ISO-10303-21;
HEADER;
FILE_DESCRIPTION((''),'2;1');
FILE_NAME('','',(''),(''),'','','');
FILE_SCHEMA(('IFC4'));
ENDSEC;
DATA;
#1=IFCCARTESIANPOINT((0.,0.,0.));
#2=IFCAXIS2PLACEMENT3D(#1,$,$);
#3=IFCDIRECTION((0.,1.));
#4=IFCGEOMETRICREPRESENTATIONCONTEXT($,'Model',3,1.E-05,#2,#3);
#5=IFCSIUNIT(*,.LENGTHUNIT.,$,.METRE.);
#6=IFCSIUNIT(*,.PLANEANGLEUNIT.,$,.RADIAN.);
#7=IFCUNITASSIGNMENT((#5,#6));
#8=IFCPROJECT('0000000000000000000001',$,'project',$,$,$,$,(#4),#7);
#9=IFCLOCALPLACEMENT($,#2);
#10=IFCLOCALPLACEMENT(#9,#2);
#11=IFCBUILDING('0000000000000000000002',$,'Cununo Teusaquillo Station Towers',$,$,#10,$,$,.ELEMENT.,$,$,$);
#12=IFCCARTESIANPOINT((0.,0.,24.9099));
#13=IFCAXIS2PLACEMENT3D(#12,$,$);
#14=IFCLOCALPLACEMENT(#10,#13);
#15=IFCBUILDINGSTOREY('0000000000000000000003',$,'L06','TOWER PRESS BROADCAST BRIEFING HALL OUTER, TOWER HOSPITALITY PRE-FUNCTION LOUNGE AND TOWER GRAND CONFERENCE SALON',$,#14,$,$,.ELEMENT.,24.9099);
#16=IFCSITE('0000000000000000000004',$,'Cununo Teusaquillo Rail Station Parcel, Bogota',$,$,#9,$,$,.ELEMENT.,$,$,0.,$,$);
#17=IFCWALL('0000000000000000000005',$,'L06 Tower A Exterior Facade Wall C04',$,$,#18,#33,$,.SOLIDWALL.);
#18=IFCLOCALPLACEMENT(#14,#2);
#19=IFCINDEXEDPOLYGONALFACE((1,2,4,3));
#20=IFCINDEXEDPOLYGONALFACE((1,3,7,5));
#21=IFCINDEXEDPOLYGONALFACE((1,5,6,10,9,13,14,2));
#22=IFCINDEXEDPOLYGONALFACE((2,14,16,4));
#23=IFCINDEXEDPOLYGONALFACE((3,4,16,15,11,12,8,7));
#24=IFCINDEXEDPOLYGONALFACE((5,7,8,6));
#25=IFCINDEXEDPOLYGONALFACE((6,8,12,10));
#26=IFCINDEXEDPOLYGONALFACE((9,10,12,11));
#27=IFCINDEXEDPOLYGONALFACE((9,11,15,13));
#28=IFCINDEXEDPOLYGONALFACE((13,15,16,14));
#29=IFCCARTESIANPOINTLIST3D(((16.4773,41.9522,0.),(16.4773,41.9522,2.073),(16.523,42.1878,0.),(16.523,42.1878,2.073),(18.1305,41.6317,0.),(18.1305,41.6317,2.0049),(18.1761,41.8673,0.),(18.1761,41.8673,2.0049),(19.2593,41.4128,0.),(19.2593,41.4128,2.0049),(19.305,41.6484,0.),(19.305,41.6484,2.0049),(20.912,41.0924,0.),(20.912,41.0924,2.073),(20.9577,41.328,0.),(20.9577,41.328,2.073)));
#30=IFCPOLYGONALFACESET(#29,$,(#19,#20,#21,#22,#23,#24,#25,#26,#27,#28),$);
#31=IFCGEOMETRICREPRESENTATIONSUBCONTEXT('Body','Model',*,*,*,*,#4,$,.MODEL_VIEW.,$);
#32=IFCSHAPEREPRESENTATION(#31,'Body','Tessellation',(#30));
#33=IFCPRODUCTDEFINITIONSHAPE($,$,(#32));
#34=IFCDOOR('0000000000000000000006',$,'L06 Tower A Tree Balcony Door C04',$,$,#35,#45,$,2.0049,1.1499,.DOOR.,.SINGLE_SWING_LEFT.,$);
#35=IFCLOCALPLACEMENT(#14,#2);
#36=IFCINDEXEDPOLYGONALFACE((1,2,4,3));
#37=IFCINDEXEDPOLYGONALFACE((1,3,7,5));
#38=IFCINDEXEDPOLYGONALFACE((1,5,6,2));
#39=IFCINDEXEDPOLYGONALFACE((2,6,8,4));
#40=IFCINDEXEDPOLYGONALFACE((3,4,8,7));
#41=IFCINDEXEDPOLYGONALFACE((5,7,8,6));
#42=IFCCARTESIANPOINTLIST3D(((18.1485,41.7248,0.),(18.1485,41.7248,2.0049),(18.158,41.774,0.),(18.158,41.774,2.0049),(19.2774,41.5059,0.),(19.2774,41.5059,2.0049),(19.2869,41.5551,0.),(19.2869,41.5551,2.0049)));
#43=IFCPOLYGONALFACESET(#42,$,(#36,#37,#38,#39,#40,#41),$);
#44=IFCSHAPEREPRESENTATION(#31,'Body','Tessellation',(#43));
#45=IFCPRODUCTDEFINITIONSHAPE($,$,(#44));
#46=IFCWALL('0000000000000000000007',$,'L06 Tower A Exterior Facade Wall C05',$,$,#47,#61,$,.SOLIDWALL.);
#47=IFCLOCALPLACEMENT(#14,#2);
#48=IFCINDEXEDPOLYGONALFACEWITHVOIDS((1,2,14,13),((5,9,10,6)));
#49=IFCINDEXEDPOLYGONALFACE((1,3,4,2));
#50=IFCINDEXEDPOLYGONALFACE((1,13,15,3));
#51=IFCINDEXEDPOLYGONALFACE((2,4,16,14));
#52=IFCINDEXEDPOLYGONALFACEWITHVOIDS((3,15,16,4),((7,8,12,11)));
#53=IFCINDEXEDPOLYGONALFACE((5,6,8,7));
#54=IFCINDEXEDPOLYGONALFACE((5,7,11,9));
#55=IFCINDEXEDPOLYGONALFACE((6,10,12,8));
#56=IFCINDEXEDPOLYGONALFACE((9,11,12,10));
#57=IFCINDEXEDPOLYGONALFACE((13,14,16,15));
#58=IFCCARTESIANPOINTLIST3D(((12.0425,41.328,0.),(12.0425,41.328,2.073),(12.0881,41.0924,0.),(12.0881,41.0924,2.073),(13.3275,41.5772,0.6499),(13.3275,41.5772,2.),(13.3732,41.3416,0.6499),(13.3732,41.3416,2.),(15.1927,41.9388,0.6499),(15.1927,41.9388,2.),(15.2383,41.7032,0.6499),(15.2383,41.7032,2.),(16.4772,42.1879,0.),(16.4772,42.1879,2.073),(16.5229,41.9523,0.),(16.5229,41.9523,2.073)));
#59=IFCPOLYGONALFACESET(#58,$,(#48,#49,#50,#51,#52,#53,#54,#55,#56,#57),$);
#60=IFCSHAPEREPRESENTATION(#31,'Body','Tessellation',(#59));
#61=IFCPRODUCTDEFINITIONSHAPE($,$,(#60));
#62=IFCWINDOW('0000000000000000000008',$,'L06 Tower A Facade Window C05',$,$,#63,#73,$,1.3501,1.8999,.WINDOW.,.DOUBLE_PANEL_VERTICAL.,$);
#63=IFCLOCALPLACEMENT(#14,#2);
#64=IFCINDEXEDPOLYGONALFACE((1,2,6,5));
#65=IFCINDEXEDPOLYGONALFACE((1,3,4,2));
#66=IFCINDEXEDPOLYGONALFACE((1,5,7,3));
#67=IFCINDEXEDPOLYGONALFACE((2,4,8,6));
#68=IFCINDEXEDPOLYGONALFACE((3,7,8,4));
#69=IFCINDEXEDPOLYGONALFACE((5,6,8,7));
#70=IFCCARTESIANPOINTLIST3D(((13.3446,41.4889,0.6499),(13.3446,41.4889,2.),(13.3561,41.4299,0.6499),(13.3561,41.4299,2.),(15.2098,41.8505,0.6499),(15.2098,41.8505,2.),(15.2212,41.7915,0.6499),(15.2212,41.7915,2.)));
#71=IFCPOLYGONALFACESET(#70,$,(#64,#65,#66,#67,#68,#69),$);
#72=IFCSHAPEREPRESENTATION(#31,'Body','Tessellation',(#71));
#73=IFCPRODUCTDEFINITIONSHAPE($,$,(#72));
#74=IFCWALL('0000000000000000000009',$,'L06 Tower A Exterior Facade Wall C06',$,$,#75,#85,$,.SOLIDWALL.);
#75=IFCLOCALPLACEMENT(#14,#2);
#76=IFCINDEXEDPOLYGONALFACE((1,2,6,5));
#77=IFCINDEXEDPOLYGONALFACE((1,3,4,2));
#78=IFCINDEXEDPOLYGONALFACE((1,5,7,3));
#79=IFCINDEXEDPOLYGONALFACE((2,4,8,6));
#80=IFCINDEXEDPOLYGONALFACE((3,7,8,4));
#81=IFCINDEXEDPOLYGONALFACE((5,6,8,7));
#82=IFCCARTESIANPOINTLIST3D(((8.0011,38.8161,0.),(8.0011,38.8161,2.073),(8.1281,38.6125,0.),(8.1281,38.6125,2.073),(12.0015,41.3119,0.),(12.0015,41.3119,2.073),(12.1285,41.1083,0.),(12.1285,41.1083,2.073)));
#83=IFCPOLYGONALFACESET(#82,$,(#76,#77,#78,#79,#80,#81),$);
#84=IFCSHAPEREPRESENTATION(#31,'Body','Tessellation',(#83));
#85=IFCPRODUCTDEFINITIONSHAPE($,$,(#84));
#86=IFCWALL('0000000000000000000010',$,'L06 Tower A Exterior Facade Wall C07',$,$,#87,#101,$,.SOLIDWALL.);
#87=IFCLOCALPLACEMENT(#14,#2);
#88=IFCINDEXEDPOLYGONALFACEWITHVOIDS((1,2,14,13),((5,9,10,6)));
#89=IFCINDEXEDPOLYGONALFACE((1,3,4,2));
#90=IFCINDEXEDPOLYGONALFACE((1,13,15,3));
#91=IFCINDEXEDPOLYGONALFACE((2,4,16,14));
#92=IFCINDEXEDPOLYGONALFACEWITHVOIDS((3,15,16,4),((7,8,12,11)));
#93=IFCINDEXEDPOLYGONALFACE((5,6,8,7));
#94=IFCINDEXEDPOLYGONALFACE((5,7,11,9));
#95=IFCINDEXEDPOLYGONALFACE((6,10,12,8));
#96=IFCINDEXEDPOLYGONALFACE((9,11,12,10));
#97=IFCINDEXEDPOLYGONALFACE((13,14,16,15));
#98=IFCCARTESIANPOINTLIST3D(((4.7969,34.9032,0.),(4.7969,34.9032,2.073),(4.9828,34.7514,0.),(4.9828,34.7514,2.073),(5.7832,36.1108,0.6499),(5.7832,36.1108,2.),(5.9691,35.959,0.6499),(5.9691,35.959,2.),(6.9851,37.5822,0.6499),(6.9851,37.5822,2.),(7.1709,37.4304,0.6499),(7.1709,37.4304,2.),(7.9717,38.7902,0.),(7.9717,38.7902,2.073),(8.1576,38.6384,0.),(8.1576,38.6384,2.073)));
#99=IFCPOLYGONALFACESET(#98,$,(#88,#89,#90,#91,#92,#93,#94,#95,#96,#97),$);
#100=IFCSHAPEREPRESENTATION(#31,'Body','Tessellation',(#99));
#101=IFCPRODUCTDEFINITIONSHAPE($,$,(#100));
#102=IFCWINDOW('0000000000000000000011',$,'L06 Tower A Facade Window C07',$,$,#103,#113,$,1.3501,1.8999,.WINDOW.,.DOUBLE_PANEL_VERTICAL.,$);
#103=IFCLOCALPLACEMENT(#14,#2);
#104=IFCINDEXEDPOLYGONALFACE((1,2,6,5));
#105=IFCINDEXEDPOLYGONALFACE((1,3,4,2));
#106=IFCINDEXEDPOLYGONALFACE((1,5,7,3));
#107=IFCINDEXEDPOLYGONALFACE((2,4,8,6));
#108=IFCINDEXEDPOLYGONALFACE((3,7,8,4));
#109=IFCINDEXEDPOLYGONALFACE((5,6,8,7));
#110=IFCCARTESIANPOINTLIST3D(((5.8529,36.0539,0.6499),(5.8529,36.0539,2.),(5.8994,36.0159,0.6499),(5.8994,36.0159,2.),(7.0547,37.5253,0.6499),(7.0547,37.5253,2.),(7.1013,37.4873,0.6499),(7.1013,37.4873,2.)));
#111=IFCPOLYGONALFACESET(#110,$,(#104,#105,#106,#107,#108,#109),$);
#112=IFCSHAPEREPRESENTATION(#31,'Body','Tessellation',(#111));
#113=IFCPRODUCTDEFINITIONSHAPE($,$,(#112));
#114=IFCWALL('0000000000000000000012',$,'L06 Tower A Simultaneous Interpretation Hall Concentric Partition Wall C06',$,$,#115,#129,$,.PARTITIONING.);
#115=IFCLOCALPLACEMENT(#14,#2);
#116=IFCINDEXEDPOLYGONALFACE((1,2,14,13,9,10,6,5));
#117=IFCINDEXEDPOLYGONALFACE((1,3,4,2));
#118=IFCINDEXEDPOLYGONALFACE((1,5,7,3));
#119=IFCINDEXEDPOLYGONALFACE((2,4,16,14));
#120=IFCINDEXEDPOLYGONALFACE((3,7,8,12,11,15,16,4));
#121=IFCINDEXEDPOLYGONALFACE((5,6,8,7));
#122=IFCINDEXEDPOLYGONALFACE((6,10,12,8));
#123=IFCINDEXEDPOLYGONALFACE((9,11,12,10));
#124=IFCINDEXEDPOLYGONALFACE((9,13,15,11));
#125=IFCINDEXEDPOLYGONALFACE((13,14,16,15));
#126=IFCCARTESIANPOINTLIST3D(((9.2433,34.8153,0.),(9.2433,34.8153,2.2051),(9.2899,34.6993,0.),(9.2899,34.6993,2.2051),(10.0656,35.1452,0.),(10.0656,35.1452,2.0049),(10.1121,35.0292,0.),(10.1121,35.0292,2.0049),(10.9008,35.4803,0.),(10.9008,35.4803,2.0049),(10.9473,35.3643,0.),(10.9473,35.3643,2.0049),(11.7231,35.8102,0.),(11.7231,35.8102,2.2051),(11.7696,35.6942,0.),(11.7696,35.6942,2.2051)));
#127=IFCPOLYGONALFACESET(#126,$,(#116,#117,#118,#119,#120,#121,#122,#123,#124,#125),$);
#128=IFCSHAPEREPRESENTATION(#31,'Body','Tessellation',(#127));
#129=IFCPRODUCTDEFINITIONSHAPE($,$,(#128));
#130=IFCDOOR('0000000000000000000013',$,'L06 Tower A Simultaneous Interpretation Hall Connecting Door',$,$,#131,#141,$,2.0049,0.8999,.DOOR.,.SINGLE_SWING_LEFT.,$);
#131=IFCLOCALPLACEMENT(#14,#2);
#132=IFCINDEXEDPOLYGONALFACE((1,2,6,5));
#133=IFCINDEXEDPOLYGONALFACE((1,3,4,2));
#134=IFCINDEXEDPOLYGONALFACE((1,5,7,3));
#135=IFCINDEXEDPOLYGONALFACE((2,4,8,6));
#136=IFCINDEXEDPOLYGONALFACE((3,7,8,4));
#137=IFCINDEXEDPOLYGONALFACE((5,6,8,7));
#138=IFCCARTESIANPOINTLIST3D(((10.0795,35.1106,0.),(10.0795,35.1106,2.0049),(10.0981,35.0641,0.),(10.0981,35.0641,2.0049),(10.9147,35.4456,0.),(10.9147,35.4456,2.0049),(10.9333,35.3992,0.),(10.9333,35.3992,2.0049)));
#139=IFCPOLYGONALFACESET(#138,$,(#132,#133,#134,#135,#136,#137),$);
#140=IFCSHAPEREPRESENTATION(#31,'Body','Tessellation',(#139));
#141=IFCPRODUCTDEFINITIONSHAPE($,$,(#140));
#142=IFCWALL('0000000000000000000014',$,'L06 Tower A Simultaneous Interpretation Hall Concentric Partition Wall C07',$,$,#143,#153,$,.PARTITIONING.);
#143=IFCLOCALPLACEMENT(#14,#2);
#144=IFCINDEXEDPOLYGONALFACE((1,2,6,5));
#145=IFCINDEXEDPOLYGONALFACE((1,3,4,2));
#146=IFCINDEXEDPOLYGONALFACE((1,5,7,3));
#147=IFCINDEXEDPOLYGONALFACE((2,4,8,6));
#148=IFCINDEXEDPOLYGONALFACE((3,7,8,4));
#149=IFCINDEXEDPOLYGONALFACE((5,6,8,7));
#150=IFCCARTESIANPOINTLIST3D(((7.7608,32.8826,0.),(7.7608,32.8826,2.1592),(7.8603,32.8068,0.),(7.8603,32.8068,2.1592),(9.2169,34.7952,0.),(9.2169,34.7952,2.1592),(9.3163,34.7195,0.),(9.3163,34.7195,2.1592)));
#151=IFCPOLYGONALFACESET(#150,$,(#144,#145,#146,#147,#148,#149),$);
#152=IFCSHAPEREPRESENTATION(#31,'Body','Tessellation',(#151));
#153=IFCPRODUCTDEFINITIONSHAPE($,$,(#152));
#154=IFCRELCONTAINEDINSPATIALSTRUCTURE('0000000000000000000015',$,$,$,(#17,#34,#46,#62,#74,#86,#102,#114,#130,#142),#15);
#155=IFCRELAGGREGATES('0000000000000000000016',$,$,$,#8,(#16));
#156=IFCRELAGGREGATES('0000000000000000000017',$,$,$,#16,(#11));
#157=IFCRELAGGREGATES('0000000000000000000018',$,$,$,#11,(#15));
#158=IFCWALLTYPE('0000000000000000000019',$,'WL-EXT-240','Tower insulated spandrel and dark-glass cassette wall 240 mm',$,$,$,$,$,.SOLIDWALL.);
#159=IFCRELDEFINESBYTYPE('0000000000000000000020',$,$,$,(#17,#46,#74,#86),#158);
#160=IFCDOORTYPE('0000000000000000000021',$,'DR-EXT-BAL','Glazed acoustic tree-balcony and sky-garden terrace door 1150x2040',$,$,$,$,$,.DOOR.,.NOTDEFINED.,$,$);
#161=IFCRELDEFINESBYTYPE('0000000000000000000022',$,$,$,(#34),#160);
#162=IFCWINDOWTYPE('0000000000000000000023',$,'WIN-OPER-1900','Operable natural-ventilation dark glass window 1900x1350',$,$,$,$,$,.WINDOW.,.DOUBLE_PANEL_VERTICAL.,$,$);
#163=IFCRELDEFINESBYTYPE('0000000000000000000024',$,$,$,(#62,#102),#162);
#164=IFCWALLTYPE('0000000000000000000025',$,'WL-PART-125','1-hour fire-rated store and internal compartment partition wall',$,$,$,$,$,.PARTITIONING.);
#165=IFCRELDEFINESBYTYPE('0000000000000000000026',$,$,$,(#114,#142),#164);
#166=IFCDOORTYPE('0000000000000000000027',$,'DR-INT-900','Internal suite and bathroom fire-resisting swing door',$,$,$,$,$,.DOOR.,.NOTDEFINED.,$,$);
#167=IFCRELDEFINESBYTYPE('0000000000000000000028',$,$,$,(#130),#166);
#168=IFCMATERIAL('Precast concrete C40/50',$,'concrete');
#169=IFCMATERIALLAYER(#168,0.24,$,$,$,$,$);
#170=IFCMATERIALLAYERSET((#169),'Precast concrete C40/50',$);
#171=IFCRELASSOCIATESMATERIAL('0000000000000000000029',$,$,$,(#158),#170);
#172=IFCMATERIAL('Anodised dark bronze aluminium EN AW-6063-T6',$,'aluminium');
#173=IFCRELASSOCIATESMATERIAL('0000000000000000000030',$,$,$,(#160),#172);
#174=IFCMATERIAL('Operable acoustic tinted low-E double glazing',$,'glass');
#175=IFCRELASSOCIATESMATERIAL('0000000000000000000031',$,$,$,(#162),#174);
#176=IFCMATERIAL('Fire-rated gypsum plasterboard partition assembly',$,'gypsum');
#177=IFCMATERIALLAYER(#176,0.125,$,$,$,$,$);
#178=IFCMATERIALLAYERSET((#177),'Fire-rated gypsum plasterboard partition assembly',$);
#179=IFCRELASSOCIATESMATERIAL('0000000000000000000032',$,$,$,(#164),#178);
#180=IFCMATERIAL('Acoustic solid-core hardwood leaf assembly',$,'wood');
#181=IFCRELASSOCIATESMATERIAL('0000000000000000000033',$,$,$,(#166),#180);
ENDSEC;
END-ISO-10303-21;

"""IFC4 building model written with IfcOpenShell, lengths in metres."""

from ifc_helpers import new_model, si_unit, direction, frame, frame_2d, origin, place, context, subcontext, project, spatial, rectangle, extrude, source, transform, mapped, material, layer, layer_set, type_object, element, fill, save


model = new_model("IFC4")

# Units and contexts
model_context = context("Model", 3, precision=1e-05, world=origin(), true_north=direction((0.0, 1.0)))
body_context = subcontext(model_context, "Body", "Model", "MODEL_VIEW")
ifc_project = project(units=[si_unit("LENGTHUNIT", "METRE"), si_unit("PLANEANGLEUNIT", "RADIAN")], contexts=[model_context])

# Site, building, storey
site_placement = place(None, origin())
site = spatial("IfcSite", under=ifc_project, at=site_placement, Name="Cununo Teusaquillo Rail Station Parcel, Bogota", CompositionType="ELEMENT", RefElevation=0.0)
building_placement = place(site_placement, origin())
building = spatial("IfcBuilding", under=site, at=building_placement, Name="Cununo Teusaquillo Station Towers", CompositionType="ELEMENT")
storey_placement = place(building_placement, frame((0.0, 0.0, 24.9099)))
storey = spatial("IfcBuildingStorey", under=building, at=storey_placement, Name="L06", Description="TOWER PRESS BROADCAST BRIEFING HALL OUTER, TOWER HOSPITALITY PRE-FUNCTION LOUNGE AND TOWER GRAND CONFERENCE SALON", CompositionType="ELEMENT", Elevation=24.9099)

# Wall, opening, door
ifc_material_1 = material(Name="Precast concrete C40/50", Category="concrete")
ifc_layer_1 = layer(ifc_material_1, 0.24)
ifc_layer_set_1 = layer_set([ifc_layer_1], Name="Precast concrete C40/50")
wall_type_1 = type_object("IfcWallType", Name="WL-EXT-240", Description="Tower insulated spandrel and dark-glass cassette wall 240 mm", PredefinedType="SOLIDWALL", material=ifc_layer_set_1)
wall_1_placement = place(storey_placement, frame((16.5, 42.0701, 0.0), z_axis=(0.0, 0.0, 1.0), x_axis=(0.981717, -0.190345, 0.0)))
wall_1 = element("IfcWall", 1, at=wall_1_placement, inside=storey, type_object=wall_type_1, Name="L06 Tower A Exterior Facade Wall C04", PredefinedType="SOLIDWALL", context=body_context, shape_type="SweptSolid", body=[
    extrude(rectangle(XDim=4.5173, YDim=0.24, at=frame_2d((2.2588, 0.0))), origin(), (0.0, 0.0, 1.0), 2.073),
])
shared_shape_1 = source(origin(), body_context, "Body", "SweptSolid", [
    extrude(rectangle(XDim=1.1499, YDim=2.0049, at=frame_2d((0.575, 1.0024))), frame((0.0, 0.1299, 0.0), z_axis=(0.0, -1.0, 0.0), x_axis=(1.0, 0.0, 0.0)), (0.0, 0.0, 1.0), 0.26),
])
opening_1_placement = place(wall_1_placement, frame((1.6841, 0.0, 0.0)))
opening_1 = element("IfcOpeningElement", 2, at=opening_1_placement, cuts=wall_1, PredefinedType="OPENING", context=body_context, shape_type="MappedRepresentation", body=[
    mapped(shared_shape_1, transform((0.0, 0.0, 0.0), x_axis=(1.0, 0.0, 0.0), y_axis=(0.0, 1.0, 0.0), z_axis=(0.0, 0.0, 1.0), scale=1.0)),
])
ifc_material_2 = material(Name="Anodised dark bronze aluminium EN AW-6063-T6", Category="aluminium")
door_type_1 = type_object("IfcDoorType", Name="DR-EXT-BAL", Description="Glazed acoustic tree-balcony and sky-garden terrace door 1150x2040", OperationType="NOTDEFINED", PredefinedType="DOOR", material=ifc_material_2)
shared_shape_2 = source(origin(), body_context, "Body", "SweptSolid", [
    extrude(rectangle(XDim=1.1499, YDim=2.0049, at=frame_2d((0.575, 1.0024))), frame((0.0, 0.0249, 0.0), z_axis=(0.0, -1.0, 0.0), x_axis=(1.0, 0.0, 0.0)), (0.0, 0.0, 1.0), 0.05),
])
door_1_placement = place(opening_1_placement, origin())
door_1 = element("IfcDoor", 3, at=door_1_placement, inside=storey, type_object=door_type_1, Name="L06 Tower A Tree Balcony Door C04", OperationType="SINGLE_SWING_LEFT", OverallHeight=2.0049, OverallWidth=1.1499, PredefinedType="DOOR", context=body_context, shape_type="MappedRepresentation", body=[
    mapped(shared_shape_2, transform((0.0, 0.0, 0.0), x_axis=(1.0, 0.0, 0.0), y_axis=(0.0, 1.0, 0.0), z_axis=(0.0, 0.0, 1.0), scale=1.0)),
])
fill(opening_1, door_1)

# Wall, opening, window
wall_2_placement = place(storey_placement, frame((12.0652, 41.2102, 0.0), z_axis=(0.0, 0.0, 1.0), x_axis=(0.981717, 0.190345, 0.0)))
wall_2 = element("IfcWall", 4, at=wall_2_placement, inside=storey, type_object=wall_type_1, Name="L06 Tower A Exterior Facade Wall C05", PredefinedType="SOLIDWALL", context=body_context, shape_type="SweptSolid", body=[
    extrude(rectangle(XDim=4.5173, YDim=0.24, at=frame_2d((2.2588, 0.0))), origin(), (0.0, 0.0, 1.0), 2.073),
])
shared_shape_3 = source(origin(), body_context, "Body", "SweptSolid", [
    extrude(rectangle(XDim=1.8999, YDim=1.3501, at=frame_2d((0.95, 0.675))), frame((0.0, 0.1299, 0.0), z_axis=(0.0, -1.0, 0.0), x_axis=(1.0, 0.0, 0.0)), (0.0, 0.0, 1.0), 0.26),
])
opening_2_placement = place(wall_2_placement, frame((1.3091, 0.0, 0.6499)))
opening_2 = element("IfcOpeningElement", 5, at=opening_2_placement, cuts=wall_2, PredefinedType="OPENING", context=body_context, shape_type="MappedRepresentation", body=[
    mapped(shared_shape_3, transform((0.0, 0.0, 0.0), x_axis=(1.0, 0.0, 0.0), y_axis=(0.0, 1.0, 0.0), z_axis=(0.0, 0.0, 1.0), scale=1.0)),
])
ifc_material_3 = material(Name="Operable acoustic tinted low-E double glazing", Category="glass")
window_type = type_object("IfcWindowType", Name="WIN-OPER-1900", Description="Operable natural-ventilation dark glass window 1900x1350", PartitioningType="DOUBLE_PANEL_VERTICAL", PredefinedType="WINDOW", material=ifc_material_3)
shared_shape_4 = source(origin(), body_context, "Body", "SweptSolid", [
    extrude(rectangle(XDim=1.8999, YDim=1.3501, at=frame_2d((0.95, 0.675))), frame((0.0, 0.03, 0.0), z_axis=(0.0, -1.0, 0.0), x_axis=(1.0, 0.0, 0.0)), (0.0, 0.0, 1.0), 0.0601),
])
window_1_placement = place(opening_2_placement, origin())
window_1 = element("IfcWindow", 6, at=window_1_placement, inside=storey, type_object=window_type, Name="L06 Tower A Facade Window C05", OverallHeight=1.3501, OverallWidth=1.8999, PartitioningType="DOUBLE_PANEL_VERTICAL", PredefinedType="WINDOW", context=body_context, shape_type="MappedRepresentation", body=[
    mapped(shared_shape_4, transform((0.0, 0.0, 0.0), x_axis=(1.0, 0.0, 0.0), y_axis=(0.0, 1.0, 0.0), z_axis=(0.0, 0.0, 1.0), scale=1.0)),
])
fill(opening_2, window_1)

# Wall
wall_3_placement = place(storey_placement, frame((8.0647, 38.7144, 0.0), z_axis=(0.0, 0.0, 1.0), x_axis=(0.848423, 0.529319, 0.0)))
element("IfcWall", 7, at=wall_3_placement, inside=storey, type_object=wall_type_1, Name="L06 Tower A Exterior Facade Wall C06", PredefinedType="SOLIDWALL", context=body_context, shape_type="SweptSolid", body=[
    extrude(rectangle(XDim=4.7151, YDim=0.24, at=frame_2d((2.3574, 0.0))), origin(), (0.0, 0.0, 1.0), 2.073),
])

# Wall, opening, window
wall_4_placement = place(storey_placement, frame((4.8899, 34.8274, 0.0), z_axis=(0.0, 0.0, 1.0), x_axis=(0.632589, 0.774488, 0.0)))
wall_4 = element("IfcWall", 8, at=wall_4_placement, inside=storey, type_object=wall_type_1, Name="L06 Tower A Exterior Facade Wall C07", PredefinedType="SOLIDWALL", context=body_context, shape_type="SweptSolid", body=[
    extrude(rectangle(XDim=5.0188, YDim=0.24, at=frame_2d((2.5093, 0.0))), origin(), (0.0, 0.0, 1.0), 2.073),
])
opening_3_placement = place(wall_4_placement, frame((1.5591, 0.0, 0.6499)))
opening_3 = element("IfcOpeningElement", 9, at=opening_3_placement, cuts=wall_4, PredefinedType="OPENING", context=body_context, shape_type="MappedRepresentation", body=[
    mapped(shared_shape_3, transform((0.0, 0.0, 0.0), x_axis=(1.0, 0.0, 0.0), y_axis=(0.0, 1.0, 0.0), z_axis=(0.0, 0.0, 1.0), scale=1.0)),
])
window_2_placement = place(opening_3_placement, origin())
window_2 = element("IfcWindow", 10, at=window_2_placement, inside=storey, type_object=window_type, Name="L06 Tower A Facade Window C07", OverallHeight=1.3501, OverallWidth=1.8999, PartitioningType="DOUBLE_PANEL_VERTICAL", PredefinedType="WINDOW", context=body_context, shape_type="MappedRepresentation", body=[
    mapped(shared_shape_4, transform((0.0, 0.0, 0.0), x_axis=(1.0, 0.0, 0.0), y_axis=(0.0, 1.0, 0.0), z_axis=(0.0, 0.0, 1.0), scale=1.0)),
])
fill(opening_3, window_2)

# Wall, opening, door
ifc_material_4 = material(Name="Fire-rated gypsum plasterboard partition assembly", Category="gypsum")
ifc_layer_2 = layer(ifc_material_4, 0.125)
ifc_layer_set_2 = layer_set([ifc_layer_2], Name="Fire-rated gypsum plasterboard partition assembly")
wall_type_2 = type_object("IfcWallType", Name="WL-PART-125", Description="1-hour fire-rated store and internal compartment partition wall", PredefinedType="PARTITIONING", material=ifc_layer_set_2)
wall_5_placement = place(storey_placement, frame((11.7463, 35.7522, 0.0), z_axis=(0.0, 0.0, 1.0), x_axis=(-0.928092, -0.372351, 0.0)))
wall_5 = element("IfcWall", 11, at=wall_5_placement, inside=storey, type_object=wall_type_2, Name="L06 Tower A Simultaneous Interpretation Hall Concentric Partition Wall C06", PredefinedType="PARTITIONING", context=body_context, shape_type="SweptSolid", body=[
    extrude(rectangle(XDim=2.6719, YDim=0.125, at=frame_2d((1.3359, 0.0))), origin(), (0.0, 0.0, 1.0), 2.2051),
])
shared_shape_5 = source(origin(), body_context, "Body", "SweptSolid", [
    extrude(rectangle(XDim=0.8999, YDim=2.0049, at=frame_2d((0.45, 1.0024))), frame((0.0, 0.0725, 0.0), z_axis=(0.0, -1.0, 0.0), x_axis=(1.0, 0.0, 0.0)), (0.0, 0.0, 1.0), 0.145),
])
opening_4_placement = place(wall_5_placement, frame((0.886, 0.0, 0.0)))
opening_4 = element("IfcOpeningElement", 12, at=opening_4_placement, cuts=wall_5, PredefinedType="OPENING", context=body_context, shape_type="MappedRepresentation", body=[
    mapped(shared_shape_5, transform((0.0, 0.0, 0.0), x_axis=(1.0, 0.0, 0.0), y_axis=(0.0, 1.0, 0.0), z_axis=(0.0, 0.0, 1.0), scale=1.0)),
])
ifc_material_5 = material(Name="Acoustic solid-core hardwood leaf assembly", Category="wood")
door_type_2 = type_object("IfcDoorType", Name="DR-INT-900", Description="Internal suite and bathroom fire-resisting swing door", OperationType="NOTDEFINED", PredefinedType="DOOR", material=ifc_material_5)
shared_shape_6 = source(origin(), body_context, "Body", "SweptSolid", [
    extrude(rectangle(XDim=0.8999, YDim=2.0049, at=frame_2d((0.45, 1.0024))), frame((0.0, 0.0249, 0.0), z_axis=(0.0, -1.0, 0.0), x_axis=(1.0, 0.0, 0.0)), (0.0, 0.0, 1.0), 0.05),
])
door_2_placement = place(opening_4_placement, origin())
door_2 = element("IfcDoor", 13, at=door_2_placement, inside=storey, type_object=door_type_2, Name="L06 Tower A Simultaneous Interpretation Hall Connecting Door", OperationType="SINGLE_SWING_LEFT", OverallHeight=2.0049, OverallWidth=0.8999, PredefinedType="DOOR", context=body_context, shape_type="MappedRepresentation", body=[
    mapped(shared_shape_6, transform((0.0, 0.0, 0.0), x_axis=(1.0, 0.0, 0.0), y_axis=(0.0, 1.0, 0.0), z_axis=(0.0, 0.0, 1.0), scale=1.0)),
])
fill(opening_4, door_2)

# Wall
wall_6_placement = place(storey_placement, frame((9.2666, 34.7573, 0.0), z_axis=(0.0, 0.0, 1.0), x_axis=(-0.605737, -0.795665, 0.0)))
element("IfcWall", 14, at=wall_6_placement, inside=storey, type_object=wall_type_2, Name="L06 Tower A Simultaneous Interpretation Hall Concentric Partition Wall C07", PredefinedType="PARTITIONING", context=body_context, shape_type="SweptSolid", body=[
    extrude(rectangle(XDim=2.4038, YDim=0.125, at=frame_2d((1.2019, 0.0))), origin(), (0.0, 0.0, 1.0), 2.1592),
])

save(model, "model.ifc")
